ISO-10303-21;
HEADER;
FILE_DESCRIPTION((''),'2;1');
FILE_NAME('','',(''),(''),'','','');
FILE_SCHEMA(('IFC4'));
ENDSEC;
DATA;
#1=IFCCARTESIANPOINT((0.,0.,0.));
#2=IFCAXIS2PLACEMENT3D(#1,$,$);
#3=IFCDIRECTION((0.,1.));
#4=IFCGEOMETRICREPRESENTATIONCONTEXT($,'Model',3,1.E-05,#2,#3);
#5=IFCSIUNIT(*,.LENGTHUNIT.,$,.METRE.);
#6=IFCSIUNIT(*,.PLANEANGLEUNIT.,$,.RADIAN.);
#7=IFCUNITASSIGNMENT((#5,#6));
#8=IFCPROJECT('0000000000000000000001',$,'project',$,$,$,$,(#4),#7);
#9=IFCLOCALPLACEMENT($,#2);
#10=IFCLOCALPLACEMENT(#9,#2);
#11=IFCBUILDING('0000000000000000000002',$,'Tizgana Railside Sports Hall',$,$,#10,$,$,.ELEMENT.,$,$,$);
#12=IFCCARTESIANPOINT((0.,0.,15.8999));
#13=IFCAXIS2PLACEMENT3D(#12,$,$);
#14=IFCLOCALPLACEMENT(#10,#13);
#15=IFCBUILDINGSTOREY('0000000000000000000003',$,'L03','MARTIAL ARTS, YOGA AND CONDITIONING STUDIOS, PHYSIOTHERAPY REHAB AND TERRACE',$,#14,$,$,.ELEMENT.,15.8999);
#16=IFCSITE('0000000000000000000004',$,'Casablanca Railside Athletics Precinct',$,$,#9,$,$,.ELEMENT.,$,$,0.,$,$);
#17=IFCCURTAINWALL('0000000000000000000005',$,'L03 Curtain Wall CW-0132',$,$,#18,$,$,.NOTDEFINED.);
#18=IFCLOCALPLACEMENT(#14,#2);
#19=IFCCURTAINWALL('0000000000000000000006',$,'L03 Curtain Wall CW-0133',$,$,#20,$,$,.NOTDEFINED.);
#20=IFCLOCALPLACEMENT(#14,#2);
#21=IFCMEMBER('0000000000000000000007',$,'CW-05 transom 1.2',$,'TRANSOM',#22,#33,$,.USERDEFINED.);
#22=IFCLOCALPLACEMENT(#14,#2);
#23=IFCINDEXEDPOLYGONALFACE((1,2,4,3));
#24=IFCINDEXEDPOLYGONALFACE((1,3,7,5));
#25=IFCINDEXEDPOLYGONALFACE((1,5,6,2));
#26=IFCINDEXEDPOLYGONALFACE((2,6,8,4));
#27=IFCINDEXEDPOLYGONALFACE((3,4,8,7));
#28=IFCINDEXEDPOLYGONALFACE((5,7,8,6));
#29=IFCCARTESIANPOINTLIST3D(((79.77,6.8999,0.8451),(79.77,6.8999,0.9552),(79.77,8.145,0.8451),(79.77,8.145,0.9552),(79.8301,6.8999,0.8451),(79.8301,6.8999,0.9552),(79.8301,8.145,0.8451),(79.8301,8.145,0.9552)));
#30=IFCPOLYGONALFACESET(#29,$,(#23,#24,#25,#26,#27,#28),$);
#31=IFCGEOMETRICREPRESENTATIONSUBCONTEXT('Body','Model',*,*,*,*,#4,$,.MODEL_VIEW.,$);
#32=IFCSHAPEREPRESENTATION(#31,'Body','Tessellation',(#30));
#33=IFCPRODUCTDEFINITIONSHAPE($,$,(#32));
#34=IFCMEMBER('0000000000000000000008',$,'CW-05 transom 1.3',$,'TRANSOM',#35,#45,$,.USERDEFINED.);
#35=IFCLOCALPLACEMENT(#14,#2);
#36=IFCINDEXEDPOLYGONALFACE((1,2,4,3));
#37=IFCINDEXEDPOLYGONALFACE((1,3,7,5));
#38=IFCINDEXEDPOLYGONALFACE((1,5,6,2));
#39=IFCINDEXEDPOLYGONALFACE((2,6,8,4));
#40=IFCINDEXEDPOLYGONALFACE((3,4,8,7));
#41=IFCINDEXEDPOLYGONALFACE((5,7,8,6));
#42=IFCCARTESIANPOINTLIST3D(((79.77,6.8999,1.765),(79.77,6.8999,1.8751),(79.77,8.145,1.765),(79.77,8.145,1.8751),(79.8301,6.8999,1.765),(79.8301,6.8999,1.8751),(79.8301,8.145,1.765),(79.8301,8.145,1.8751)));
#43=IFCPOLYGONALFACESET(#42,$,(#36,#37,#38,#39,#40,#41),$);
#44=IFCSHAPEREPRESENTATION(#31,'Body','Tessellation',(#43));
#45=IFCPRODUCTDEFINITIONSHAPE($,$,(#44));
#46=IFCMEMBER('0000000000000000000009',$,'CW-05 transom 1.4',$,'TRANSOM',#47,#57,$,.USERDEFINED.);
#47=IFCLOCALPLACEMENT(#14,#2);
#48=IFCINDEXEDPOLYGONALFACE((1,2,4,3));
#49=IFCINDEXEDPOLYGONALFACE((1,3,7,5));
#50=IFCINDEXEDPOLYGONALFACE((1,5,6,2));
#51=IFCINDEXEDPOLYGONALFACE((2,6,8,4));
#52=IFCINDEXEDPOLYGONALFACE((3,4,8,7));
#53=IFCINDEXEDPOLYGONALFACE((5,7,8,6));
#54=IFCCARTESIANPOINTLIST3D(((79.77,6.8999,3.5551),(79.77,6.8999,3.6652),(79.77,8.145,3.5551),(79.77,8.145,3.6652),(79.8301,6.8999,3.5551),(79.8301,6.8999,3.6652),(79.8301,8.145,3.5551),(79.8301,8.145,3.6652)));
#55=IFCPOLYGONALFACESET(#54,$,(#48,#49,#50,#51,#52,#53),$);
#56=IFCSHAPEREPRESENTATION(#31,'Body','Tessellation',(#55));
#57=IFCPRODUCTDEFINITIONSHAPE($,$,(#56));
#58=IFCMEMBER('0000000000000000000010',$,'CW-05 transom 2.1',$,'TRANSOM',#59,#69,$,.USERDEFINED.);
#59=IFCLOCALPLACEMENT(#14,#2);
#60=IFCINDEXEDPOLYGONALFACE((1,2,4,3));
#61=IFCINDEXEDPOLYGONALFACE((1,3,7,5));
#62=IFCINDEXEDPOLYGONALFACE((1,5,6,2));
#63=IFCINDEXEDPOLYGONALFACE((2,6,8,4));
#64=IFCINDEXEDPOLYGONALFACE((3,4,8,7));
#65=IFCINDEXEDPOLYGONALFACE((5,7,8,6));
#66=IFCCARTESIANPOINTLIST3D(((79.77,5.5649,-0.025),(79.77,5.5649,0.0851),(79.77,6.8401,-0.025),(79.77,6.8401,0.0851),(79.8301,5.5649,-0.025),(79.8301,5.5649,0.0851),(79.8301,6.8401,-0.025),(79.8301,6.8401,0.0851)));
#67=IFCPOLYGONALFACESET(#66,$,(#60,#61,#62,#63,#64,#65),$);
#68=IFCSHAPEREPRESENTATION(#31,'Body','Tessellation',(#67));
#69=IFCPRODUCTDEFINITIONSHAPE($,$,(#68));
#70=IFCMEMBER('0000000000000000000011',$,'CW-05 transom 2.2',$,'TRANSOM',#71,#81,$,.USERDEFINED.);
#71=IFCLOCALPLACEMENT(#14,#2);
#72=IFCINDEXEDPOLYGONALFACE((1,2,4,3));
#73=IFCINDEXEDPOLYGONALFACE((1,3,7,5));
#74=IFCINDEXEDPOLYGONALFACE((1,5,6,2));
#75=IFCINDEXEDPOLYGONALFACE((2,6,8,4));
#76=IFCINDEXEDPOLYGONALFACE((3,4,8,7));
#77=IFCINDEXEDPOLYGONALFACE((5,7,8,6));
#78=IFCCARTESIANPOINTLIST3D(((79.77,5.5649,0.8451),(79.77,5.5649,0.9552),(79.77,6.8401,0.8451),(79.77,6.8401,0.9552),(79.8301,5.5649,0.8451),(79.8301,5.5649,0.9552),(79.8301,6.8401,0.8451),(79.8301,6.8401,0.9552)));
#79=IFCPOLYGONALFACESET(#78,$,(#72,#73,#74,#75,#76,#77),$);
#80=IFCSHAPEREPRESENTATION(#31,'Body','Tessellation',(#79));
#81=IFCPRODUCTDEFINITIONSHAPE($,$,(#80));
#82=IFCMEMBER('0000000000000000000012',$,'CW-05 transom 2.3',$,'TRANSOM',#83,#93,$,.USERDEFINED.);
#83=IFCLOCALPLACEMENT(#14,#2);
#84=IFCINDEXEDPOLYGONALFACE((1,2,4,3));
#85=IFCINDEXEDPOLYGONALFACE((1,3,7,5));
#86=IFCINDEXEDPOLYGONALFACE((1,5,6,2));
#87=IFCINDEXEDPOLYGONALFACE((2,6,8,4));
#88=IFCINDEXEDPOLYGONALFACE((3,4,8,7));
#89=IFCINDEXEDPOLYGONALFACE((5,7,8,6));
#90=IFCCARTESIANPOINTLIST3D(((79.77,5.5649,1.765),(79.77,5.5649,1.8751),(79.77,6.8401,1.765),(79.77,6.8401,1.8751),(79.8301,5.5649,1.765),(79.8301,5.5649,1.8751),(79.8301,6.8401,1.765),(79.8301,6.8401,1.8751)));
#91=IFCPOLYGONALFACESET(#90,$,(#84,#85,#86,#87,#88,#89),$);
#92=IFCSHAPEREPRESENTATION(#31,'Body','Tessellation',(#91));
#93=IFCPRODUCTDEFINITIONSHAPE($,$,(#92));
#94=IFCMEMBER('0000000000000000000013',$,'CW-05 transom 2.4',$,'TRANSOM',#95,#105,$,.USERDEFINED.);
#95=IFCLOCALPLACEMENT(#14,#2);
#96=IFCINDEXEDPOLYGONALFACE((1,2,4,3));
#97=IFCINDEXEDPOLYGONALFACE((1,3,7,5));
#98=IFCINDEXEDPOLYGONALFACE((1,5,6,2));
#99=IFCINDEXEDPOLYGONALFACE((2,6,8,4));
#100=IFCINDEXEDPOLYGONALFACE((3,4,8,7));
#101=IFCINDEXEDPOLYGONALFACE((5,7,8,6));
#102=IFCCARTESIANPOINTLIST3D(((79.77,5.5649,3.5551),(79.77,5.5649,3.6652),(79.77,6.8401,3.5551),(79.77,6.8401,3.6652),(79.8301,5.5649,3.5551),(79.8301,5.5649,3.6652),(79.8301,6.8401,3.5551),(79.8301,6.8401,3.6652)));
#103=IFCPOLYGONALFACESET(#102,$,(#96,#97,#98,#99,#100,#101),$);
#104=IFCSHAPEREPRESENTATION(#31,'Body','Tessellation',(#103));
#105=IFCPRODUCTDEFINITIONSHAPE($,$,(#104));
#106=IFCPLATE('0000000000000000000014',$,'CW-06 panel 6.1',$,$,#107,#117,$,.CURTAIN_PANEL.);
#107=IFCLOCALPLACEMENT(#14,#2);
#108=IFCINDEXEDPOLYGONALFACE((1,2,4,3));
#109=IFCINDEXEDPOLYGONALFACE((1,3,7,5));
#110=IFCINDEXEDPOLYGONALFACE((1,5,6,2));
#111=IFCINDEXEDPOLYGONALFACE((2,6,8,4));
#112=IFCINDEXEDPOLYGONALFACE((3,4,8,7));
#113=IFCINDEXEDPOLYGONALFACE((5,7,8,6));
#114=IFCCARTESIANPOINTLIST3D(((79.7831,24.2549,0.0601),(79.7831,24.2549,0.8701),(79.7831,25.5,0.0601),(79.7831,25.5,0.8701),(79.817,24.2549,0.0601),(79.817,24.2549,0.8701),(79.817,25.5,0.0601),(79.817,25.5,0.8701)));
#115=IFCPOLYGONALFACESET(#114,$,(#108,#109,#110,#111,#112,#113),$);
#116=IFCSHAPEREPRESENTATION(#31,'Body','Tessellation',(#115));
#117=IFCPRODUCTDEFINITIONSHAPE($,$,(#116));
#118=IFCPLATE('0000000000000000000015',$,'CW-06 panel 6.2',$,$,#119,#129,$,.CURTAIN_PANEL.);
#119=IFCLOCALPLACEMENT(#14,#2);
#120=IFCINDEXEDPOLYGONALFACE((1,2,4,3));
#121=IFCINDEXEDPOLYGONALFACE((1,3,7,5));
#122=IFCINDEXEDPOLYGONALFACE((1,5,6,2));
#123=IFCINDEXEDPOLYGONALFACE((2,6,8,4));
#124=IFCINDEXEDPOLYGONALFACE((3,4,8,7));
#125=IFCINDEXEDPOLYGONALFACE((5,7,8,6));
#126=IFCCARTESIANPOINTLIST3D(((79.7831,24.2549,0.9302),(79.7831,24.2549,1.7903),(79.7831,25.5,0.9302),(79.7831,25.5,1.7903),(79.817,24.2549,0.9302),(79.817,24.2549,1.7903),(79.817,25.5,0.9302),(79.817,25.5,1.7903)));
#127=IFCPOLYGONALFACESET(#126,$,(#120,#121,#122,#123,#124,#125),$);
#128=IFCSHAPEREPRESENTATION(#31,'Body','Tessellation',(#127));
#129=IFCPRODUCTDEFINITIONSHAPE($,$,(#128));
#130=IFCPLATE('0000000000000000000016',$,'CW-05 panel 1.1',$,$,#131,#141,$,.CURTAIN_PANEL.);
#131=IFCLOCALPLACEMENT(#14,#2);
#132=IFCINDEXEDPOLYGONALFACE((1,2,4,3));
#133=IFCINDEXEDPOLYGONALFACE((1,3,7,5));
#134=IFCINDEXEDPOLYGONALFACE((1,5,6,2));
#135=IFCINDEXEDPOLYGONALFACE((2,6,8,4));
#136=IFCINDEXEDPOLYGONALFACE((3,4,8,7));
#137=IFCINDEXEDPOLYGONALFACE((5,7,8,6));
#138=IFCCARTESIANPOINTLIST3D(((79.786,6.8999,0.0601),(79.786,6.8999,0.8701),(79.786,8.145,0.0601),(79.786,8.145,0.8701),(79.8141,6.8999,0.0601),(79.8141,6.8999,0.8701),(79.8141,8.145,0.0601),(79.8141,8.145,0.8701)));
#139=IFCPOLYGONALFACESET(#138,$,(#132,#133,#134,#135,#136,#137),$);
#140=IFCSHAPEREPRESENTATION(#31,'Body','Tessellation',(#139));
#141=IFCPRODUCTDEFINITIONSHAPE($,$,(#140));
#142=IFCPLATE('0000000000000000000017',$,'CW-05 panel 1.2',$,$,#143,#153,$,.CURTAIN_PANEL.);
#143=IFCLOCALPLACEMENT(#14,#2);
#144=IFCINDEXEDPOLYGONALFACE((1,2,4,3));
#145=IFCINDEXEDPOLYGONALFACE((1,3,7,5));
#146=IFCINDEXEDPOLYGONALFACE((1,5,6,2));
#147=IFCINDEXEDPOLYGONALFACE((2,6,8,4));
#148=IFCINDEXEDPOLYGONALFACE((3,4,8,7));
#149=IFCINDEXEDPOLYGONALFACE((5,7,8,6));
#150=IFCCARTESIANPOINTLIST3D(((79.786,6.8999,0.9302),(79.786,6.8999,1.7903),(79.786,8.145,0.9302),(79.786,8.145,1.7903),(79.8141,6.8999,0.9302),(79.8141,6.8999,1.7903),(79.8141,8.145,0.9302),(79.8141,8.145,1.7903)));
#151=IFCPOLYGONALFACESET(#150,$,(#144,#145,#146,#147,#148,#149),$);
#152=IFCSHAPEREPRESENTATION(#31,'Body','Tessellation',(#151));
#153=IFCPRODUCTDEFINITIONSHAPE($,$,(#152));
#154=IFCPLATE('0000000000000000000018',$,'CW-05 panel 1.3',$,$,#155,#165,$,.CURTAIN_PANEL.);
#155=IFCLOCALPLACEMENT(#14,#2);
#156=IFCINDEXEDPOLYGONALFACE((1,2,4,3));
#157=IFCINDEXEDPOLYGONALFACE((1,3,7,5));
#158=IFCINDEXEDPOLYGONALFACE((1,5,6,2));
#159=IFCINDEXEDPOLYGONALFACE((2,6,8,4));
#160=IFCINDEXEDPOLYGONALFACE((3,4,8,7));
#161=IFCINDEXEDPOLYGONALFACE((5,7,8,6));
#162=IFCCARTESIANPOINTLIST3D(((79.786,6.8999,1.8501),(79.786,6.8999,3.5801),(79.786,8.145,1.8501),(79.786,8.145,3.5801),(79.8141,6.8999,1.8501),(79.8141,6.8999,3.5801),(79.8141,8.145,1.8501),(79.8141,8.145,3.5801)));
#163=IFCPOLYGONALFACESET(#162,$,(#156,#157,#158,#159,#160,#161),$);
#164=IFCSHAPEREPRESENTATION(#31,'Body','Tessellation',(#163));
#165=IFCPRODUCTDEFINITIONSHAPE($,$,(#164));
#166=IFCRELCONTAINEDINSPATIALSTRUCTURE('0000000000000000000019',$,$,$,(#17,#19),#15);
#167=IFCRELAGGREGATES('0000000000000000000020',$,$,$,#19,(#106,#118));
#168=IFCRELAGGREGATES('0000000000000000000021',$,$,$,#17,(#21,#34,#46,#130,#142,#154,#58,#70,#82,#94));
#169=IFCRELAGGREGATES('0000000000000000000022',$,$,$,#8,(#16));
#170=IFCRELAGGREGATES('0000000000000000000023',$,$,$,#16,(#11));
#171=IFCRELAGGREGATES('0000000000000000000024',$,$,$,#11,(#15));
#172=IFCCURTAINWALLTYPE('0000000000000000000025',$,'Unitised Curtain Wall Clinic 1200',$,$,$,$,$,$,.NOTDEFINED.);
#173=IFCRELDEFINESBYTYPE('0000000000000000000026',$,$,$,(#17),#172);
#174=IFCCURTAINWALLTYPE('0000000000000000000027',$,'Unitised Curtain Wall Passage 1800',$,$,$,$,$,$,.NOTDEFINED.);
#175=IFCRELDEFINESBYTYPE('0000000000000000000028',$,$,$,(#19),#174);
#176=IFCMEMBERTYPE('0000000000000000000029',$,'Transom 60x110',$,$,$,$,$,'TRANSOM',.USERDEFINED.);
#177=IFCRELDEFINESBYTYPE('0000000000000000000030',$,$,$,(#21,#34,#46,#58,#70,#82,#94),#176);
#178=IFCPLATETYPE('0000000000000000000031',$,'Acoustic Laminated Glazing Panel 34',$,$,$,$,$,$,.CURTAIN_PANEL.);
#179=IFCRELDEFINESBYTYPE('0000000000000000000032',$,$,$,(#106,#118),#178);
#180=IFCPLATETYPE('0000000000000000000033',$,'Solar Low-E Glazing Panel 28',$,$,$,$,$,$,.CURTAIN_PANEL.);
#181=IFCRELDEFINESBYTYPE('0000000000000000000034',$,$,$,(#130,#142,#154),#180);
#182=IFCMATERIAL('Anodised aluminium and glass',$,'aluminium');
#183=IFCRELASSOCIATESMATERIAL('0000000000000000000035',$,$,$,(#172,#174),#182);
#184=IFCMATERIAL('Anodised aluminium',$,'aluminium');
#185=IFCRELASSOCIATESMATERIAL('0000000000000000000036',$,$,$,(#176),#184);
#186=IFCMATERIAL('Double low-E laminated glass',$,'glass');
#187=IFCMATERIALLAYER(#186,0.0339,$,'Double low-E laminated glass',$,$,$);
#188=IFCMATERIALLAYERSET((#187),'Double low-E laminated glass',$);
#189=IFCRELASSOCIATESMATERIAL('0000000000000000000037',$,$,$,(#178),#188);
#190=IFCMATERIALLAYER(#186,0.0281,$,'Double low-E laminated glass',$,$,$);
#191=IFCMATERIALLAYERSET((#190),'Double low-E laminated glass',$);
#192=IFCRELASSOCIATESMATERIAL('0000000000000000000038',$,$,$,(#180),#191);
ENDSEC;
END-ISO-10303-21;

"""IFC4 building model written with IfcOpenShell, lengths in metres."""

from ifc_helpers import new_model, si_unit, direction, frame, origin, origin_2d, place, context, subcontext, project, spatial, rectangle, extrude, material, layer, layer_set, material_profile, profile_set, type_object, element, aggregate, save


model = new_model("IFC4")

# Units and contexts
model_context = context("Model", 3, precision=1e-05, world=origin(), true_north=direction((0.0, 1.0)))
body_context = subcontext(model_context, "Body", "Model", "MODEL_VIEW")
ifc_project = project(units=[si_unit("LENGTHUNIT", "METRE"), si_unit("PLANEANGLEUNIT", "RADIAN")], contexts=[model_context])

# Site, building, storey
site_placement = place(None, origin())
site = spatial("IfcSite", under=ifc_project, at=site_placement, Name="Casablanca Railside Athletics Precinct", CompositionType="ELEMENT", RefElevation=0.0)
building_placement = place(site_placement, origin())
building = spatial("IfcBuilding", under=site, at=building_placement, Name="Tizgana Railside Sports Hall", CompositionType="ELEMENT")
storey_placement = place(building_placement, frame((0.0, 0.0, 15.8999)))
storey = spatial("IfcBuildingStorey", under=building, at=storey_placement, Name="L03", Description="MARTIAL ARTS, YOGA AND CONDITIONING STUDIOS, PHYSIOTHERAPY REHAB AND TERRACE", CompositionType="ELEMENT", Elevation=15.8999)

# Curtain wall
ifc_material_1 = material(Name="Anodised aluminium and glass", Category="aluminium")
curtain_wall_type_1 = type_object("IfcCurtainWallType", Name="Unitised Curtain Wall Clinic 1200", PredefinedType="NOTDEFINED", material=ifc_material_1)
curtain_wall_1_placement = place(storey_placement, origin())
curtain_wall_1 = element("IfcCurtainWall", 1, at=curtain_wall_1_placement, inside=storey, type_object=curtain_wall_type_1, Name="L03 Curtain Wall CW-0132", PredefinedType="NOTDEFINED")
ifc_material_2 = material(Name="Anodised aluminium", Category="aluminium")

# Curtain wall
curtain_wall_type_2 = type_object("IfcCurtainWallType", Name="Unitised Curtain Wall Passage 1800", PredefinedType="NOTDEFINED", material=ifc_material_1)
curtain_wall_2_placement = place(storey_placement, origin())
curtain_wall_2 = element("IfcCurtainWall", 2, at=curtain_wall_2_placement, inside=storey, type_object=curtain_wall_type_2, Name="L03 Curtain Wall CW-0133", PredefinedType="NOTDEFINED")

# Members
ifc_material_profile_1 = material_profile(ifc_material_2, rectangle(XDim=0.0601, YDim=0.1101, at=origin_2d()), Name="Transom 60x110")
ifc_profile_set_1 = profile_set([ifc_material_profile_1], Name="Anodised aluminium")
member_type_1 = type_object("IfcMemberType", Name="Transom 60x110", ElementType="TRANSOM", PredefinedType="USERDEFINED", material=ifc_profile_set_1)
member_1_placement = place(storey_placement, frame((79.8, 8.145, 0.9001), z_axis=(0.0, -1.0, 0.0), x_axis=(1.0, 0.0, 0.0)))
member_1 = element("IfcMember", 3, at=member_1_placement, type_object=member_type_1, Name="CW-05 transom 1.2", ObjectType="TRANSOM", PredefinedType="USERDEFINED", context=body_context, shape_type="SweptSolid", body=[
    extrude(rectangle(XDim=0.0601, YDim=0.1101, at=origin_2d()), origin(), (0.0, 0.0, 1.0), 1.2451),
])
member_2_placement = place(storey_placement, frame((79.8, 8.145, 1.8201), z_axis=(0.0, -1.0, 0.0), x_axis=(1.0, 0.0, 0.0)))
member_2 = element("IfcMember", 4, at=member_2_placement, type_object=member_type_1, Name="CW-05 transom 1.3", ObjectType="TRANSOM", PredefinedType="USERDEFINED", context=body_context, shape_type="SweptSolid", body=[
    extrude(rectangle(XDim=0.0601, YDim=0.1101, at=origin_2d()), origin(), (0.0, 0.0, 1.0), 1.2451),
])
member_3_placement = place(storey_placement, frame((79.8, 8.145, 3.6101), z_axis=(0.0, -1.0, 0.0), x_axis=(1.0, 0.0, 0.0)))
member_3 = element("IfcMember", 5, at=member_3_placement, type_object=member_type_1, Name="CW-05 transom 1.4", ObjectType="TRANSOM", PredefinedType="USERDEFINED", context=body_context, shape_type="SweptSolid", body=[
    extrude(rectangle(XDim=0.0601, YDim=0.1101, at=origin_2d()), origin(), (0.0, 0.0, 1.0), 1.2451),
])
member_4_placement = place(storey_placement, frame((79.8, 6.8401, 0.03), z_axis=(0.0, -1.0, 0.0), x_axis=(1.0, 0.0, 0.0)))
member_4 = element("IfcMember", 6, at=member_4_placement, type_object=member_type_1, Name="CW-05 transom 2.1", ObjectType="TRANSOM", PredefinedType="USERDEFINED", context=body_context, shape_type="SweptSolid", body=[
    extrude(rectangle(XDim=0.0601, YDim=0.1101, at=origin_2d()), origin(), (0.0, 0.0, 1.0), 1.2751),
])
member_5_placement = place(storey_placement, frame((79.8, 6.8401, 0.9001), z_axis=(0.0, -1.0, 0.0), x_axis=(1.0, 0.0, 0.0)))
member_5 = element("IfcMember", 7, at=member_5_placement, type_object=member_type_1, Name="CW-05 transom 2.2", ObjectType="TRANSOM", PredefinedType="USERDEFINED", context=body_context, shape_type="SweptSolid", body=[
    extrude(rectangle(XDim=0.0601, YDim=0.1101, at=origin_2d()), origin(), (0.0, 0.0, 1.0), 1.2751),
])
member_6_placement = place(storey_placement, frame((79.8, 6.8401, 1.8201), z_axis=(0.0, -1.0, 0.0), x_axis=(1.0, 0.0, 0.0)))
member_6 = element("IfcMember", 8, at=member_6_placement, type_object=member_type_1, Name="CW-05 transom 2.3", ObjectType="TRANSOM", PredefinedType="USERDEFINED", context=body_context, shape_type="SweptSolid", body=[
    extrude(rectangle(XDim=0.0601, YDim=0.1101, at=origin_2d()), origin(), (0.0, 0.0, 1.0), 1.2751),
])
member_7_placement = place(storey_placement, frame((79.8, 6.8401, 3.6101), z_axis=(0.0, -1.0, 0.0), x_axis=(1.0, 0.0, 0.0)))
member_7 = element("IfcMember", 9, at=member_7_placement, type_object=member_type_1, Name="CW-05 transom 2.4", ObjectType="TRANSOM", PredefinedType="USERDEFINED", context=body_context, shape_type="SweptSolid", body=[
    extrude(rectangle(XDim=0.0601, YDim=0.1101, at=origin_2d()), origin(), (0.0, 0.0, 1.0), 1.2751),
])

# Plates
ifc_material_3 = material(Name="Double low-E laminated glass", Category="glass")
ifc_layer_1 = layer(ifc_material_3, 0.0339, Name="Double low-E laminated glass")
ifc_layer_set_1 = layer_set([ifc_layer_1], Name="Double low-E laminated glass")
plate_type_1 = type_object("IfcPlateType", Name="Acoustic Laminated Glazing Panel 34", PredefinedType="CURTAIN_PANEL", material=ifc_layer_set_1)
plate_1_placement = place(storey_placement, frame((79.8, 24.8774, 0.0601), z_axis=(0.0, 0.0, 1.0), x_axis=(0.0, -1.0, 0.0)))
plate_1 = element("IfcPlate", 10, at=plate_1_placement, type_object=plate_type_1, Name="CW-06 panel 6.1", PredefinedType="CURTAIN_PANEL", context=body_context, shape_type="SweptSolid", body=[
    extrude(rectangle(XDim=1.2451, YDim=0.0339, at=origin_2d()), origin(), (0.0, 0.0, 1.0), 0.8101),
])
plate_2_placement = place(storey_placement, frame((79.8, 24.8774, 0.9302), z_axis=(0.0, 0.0, 1.0), x_axis=(0.0, -1.0, 0.0)))
plate_2 = element("IfcPlate", 11, at=plate_2_placement, type_object=plate_type_1, Name="CW-06 panel 6.2", PredefinedType="CURTAIN_PANEL", context=body_context, shape_type="SweptSolid", body=[
    extrude(rectangle(XDim=1.2451, YDim=0.0339, at=origin_2d()), origin(), (0.0, 0.0, 1.0), 0.8601),
])
aggregate(curtain_wall_2, [plate_1, plate_2])
ifc_layer_2 = layer(ifc_material_3, 0.0281, Name="Double low-E laminated glass")
ifc_layer_set_2 = layer_set([ifc_layer_2], Name="Double low-E laminated glass")
plate_type_2 = type_object("IfcPlateType", Name="Solar Low-E Glazing Panel 28", PredefinedType="CURTAIN_PANEL", material=ifc_layer_set_2)
plate_3_placement = place(storey_placement, frame((79.8, 7.5225, 0.0601), z_axis=(0.0, 0.0, 1.0), x_axis=(0.0, -1.0, 0.0)))
plate_3 = element("IfcPlate", 12, at=plate_3_placement, type_object=plate_type_2, Name="CW-05 panel 1.1", PredefinedType="CURTAIN_PANEL", context=body_context, shape_type="SweptSolid", body=[
    extrude(rectangle(XDim=1.2451, YDim=0.0281, at=origin_2d()), origin(), (0.0, 0.0, 1.0), 0.8101),
])
plate_4_placement = place(storey_placement, frame((79.8, 7.5225, 0.9302), z_axis=(0.0, 0.0, 1.0), x_axis=(0.0, -1.0, 0.0)))
plate_4 = element("IfcPlate", 13, at=plate_4_placement, type_object=plate_type_2, Name="CW-05 panel 1.2", PredefinedType="CURTAIN_PANEL", context=body_context, shape_type="SweptSolid", body=[
    extrude(rectangle(XDim=1.2451, YDim=0.0281, at=origin_2d()), origin(), (0.0, 0.0, 1.0), 0.8601),
])
plate_5_placement = place(storey_placement, frame((79.8, 7.5225, 1.8501), z_axis=(0.0, 0.0, 1.0), x_axis=(0.0, -1.0, 0.0)))
plate_5 = element("IfcPlate", 14, at=plate_5_placement, type_object=plate_type_2, Name="CW-05 panel 1.3", PredefinedType="CURTAIN_PANEL", context=body_context, shape_type="SweptSolid", body=[
    extrude(rectangle(XDim=1.2451, YDim=0.0281, at=origin_2d()), origin(), (0.0, 0.0, 1.0), 1.73),
])
aggregate(curtain_wall_1, [member_1, member_2, member_3, plate_3, plate_4, plate_5, member_4, member_5, member_6, member_7])

save(model, "model.ifc")
